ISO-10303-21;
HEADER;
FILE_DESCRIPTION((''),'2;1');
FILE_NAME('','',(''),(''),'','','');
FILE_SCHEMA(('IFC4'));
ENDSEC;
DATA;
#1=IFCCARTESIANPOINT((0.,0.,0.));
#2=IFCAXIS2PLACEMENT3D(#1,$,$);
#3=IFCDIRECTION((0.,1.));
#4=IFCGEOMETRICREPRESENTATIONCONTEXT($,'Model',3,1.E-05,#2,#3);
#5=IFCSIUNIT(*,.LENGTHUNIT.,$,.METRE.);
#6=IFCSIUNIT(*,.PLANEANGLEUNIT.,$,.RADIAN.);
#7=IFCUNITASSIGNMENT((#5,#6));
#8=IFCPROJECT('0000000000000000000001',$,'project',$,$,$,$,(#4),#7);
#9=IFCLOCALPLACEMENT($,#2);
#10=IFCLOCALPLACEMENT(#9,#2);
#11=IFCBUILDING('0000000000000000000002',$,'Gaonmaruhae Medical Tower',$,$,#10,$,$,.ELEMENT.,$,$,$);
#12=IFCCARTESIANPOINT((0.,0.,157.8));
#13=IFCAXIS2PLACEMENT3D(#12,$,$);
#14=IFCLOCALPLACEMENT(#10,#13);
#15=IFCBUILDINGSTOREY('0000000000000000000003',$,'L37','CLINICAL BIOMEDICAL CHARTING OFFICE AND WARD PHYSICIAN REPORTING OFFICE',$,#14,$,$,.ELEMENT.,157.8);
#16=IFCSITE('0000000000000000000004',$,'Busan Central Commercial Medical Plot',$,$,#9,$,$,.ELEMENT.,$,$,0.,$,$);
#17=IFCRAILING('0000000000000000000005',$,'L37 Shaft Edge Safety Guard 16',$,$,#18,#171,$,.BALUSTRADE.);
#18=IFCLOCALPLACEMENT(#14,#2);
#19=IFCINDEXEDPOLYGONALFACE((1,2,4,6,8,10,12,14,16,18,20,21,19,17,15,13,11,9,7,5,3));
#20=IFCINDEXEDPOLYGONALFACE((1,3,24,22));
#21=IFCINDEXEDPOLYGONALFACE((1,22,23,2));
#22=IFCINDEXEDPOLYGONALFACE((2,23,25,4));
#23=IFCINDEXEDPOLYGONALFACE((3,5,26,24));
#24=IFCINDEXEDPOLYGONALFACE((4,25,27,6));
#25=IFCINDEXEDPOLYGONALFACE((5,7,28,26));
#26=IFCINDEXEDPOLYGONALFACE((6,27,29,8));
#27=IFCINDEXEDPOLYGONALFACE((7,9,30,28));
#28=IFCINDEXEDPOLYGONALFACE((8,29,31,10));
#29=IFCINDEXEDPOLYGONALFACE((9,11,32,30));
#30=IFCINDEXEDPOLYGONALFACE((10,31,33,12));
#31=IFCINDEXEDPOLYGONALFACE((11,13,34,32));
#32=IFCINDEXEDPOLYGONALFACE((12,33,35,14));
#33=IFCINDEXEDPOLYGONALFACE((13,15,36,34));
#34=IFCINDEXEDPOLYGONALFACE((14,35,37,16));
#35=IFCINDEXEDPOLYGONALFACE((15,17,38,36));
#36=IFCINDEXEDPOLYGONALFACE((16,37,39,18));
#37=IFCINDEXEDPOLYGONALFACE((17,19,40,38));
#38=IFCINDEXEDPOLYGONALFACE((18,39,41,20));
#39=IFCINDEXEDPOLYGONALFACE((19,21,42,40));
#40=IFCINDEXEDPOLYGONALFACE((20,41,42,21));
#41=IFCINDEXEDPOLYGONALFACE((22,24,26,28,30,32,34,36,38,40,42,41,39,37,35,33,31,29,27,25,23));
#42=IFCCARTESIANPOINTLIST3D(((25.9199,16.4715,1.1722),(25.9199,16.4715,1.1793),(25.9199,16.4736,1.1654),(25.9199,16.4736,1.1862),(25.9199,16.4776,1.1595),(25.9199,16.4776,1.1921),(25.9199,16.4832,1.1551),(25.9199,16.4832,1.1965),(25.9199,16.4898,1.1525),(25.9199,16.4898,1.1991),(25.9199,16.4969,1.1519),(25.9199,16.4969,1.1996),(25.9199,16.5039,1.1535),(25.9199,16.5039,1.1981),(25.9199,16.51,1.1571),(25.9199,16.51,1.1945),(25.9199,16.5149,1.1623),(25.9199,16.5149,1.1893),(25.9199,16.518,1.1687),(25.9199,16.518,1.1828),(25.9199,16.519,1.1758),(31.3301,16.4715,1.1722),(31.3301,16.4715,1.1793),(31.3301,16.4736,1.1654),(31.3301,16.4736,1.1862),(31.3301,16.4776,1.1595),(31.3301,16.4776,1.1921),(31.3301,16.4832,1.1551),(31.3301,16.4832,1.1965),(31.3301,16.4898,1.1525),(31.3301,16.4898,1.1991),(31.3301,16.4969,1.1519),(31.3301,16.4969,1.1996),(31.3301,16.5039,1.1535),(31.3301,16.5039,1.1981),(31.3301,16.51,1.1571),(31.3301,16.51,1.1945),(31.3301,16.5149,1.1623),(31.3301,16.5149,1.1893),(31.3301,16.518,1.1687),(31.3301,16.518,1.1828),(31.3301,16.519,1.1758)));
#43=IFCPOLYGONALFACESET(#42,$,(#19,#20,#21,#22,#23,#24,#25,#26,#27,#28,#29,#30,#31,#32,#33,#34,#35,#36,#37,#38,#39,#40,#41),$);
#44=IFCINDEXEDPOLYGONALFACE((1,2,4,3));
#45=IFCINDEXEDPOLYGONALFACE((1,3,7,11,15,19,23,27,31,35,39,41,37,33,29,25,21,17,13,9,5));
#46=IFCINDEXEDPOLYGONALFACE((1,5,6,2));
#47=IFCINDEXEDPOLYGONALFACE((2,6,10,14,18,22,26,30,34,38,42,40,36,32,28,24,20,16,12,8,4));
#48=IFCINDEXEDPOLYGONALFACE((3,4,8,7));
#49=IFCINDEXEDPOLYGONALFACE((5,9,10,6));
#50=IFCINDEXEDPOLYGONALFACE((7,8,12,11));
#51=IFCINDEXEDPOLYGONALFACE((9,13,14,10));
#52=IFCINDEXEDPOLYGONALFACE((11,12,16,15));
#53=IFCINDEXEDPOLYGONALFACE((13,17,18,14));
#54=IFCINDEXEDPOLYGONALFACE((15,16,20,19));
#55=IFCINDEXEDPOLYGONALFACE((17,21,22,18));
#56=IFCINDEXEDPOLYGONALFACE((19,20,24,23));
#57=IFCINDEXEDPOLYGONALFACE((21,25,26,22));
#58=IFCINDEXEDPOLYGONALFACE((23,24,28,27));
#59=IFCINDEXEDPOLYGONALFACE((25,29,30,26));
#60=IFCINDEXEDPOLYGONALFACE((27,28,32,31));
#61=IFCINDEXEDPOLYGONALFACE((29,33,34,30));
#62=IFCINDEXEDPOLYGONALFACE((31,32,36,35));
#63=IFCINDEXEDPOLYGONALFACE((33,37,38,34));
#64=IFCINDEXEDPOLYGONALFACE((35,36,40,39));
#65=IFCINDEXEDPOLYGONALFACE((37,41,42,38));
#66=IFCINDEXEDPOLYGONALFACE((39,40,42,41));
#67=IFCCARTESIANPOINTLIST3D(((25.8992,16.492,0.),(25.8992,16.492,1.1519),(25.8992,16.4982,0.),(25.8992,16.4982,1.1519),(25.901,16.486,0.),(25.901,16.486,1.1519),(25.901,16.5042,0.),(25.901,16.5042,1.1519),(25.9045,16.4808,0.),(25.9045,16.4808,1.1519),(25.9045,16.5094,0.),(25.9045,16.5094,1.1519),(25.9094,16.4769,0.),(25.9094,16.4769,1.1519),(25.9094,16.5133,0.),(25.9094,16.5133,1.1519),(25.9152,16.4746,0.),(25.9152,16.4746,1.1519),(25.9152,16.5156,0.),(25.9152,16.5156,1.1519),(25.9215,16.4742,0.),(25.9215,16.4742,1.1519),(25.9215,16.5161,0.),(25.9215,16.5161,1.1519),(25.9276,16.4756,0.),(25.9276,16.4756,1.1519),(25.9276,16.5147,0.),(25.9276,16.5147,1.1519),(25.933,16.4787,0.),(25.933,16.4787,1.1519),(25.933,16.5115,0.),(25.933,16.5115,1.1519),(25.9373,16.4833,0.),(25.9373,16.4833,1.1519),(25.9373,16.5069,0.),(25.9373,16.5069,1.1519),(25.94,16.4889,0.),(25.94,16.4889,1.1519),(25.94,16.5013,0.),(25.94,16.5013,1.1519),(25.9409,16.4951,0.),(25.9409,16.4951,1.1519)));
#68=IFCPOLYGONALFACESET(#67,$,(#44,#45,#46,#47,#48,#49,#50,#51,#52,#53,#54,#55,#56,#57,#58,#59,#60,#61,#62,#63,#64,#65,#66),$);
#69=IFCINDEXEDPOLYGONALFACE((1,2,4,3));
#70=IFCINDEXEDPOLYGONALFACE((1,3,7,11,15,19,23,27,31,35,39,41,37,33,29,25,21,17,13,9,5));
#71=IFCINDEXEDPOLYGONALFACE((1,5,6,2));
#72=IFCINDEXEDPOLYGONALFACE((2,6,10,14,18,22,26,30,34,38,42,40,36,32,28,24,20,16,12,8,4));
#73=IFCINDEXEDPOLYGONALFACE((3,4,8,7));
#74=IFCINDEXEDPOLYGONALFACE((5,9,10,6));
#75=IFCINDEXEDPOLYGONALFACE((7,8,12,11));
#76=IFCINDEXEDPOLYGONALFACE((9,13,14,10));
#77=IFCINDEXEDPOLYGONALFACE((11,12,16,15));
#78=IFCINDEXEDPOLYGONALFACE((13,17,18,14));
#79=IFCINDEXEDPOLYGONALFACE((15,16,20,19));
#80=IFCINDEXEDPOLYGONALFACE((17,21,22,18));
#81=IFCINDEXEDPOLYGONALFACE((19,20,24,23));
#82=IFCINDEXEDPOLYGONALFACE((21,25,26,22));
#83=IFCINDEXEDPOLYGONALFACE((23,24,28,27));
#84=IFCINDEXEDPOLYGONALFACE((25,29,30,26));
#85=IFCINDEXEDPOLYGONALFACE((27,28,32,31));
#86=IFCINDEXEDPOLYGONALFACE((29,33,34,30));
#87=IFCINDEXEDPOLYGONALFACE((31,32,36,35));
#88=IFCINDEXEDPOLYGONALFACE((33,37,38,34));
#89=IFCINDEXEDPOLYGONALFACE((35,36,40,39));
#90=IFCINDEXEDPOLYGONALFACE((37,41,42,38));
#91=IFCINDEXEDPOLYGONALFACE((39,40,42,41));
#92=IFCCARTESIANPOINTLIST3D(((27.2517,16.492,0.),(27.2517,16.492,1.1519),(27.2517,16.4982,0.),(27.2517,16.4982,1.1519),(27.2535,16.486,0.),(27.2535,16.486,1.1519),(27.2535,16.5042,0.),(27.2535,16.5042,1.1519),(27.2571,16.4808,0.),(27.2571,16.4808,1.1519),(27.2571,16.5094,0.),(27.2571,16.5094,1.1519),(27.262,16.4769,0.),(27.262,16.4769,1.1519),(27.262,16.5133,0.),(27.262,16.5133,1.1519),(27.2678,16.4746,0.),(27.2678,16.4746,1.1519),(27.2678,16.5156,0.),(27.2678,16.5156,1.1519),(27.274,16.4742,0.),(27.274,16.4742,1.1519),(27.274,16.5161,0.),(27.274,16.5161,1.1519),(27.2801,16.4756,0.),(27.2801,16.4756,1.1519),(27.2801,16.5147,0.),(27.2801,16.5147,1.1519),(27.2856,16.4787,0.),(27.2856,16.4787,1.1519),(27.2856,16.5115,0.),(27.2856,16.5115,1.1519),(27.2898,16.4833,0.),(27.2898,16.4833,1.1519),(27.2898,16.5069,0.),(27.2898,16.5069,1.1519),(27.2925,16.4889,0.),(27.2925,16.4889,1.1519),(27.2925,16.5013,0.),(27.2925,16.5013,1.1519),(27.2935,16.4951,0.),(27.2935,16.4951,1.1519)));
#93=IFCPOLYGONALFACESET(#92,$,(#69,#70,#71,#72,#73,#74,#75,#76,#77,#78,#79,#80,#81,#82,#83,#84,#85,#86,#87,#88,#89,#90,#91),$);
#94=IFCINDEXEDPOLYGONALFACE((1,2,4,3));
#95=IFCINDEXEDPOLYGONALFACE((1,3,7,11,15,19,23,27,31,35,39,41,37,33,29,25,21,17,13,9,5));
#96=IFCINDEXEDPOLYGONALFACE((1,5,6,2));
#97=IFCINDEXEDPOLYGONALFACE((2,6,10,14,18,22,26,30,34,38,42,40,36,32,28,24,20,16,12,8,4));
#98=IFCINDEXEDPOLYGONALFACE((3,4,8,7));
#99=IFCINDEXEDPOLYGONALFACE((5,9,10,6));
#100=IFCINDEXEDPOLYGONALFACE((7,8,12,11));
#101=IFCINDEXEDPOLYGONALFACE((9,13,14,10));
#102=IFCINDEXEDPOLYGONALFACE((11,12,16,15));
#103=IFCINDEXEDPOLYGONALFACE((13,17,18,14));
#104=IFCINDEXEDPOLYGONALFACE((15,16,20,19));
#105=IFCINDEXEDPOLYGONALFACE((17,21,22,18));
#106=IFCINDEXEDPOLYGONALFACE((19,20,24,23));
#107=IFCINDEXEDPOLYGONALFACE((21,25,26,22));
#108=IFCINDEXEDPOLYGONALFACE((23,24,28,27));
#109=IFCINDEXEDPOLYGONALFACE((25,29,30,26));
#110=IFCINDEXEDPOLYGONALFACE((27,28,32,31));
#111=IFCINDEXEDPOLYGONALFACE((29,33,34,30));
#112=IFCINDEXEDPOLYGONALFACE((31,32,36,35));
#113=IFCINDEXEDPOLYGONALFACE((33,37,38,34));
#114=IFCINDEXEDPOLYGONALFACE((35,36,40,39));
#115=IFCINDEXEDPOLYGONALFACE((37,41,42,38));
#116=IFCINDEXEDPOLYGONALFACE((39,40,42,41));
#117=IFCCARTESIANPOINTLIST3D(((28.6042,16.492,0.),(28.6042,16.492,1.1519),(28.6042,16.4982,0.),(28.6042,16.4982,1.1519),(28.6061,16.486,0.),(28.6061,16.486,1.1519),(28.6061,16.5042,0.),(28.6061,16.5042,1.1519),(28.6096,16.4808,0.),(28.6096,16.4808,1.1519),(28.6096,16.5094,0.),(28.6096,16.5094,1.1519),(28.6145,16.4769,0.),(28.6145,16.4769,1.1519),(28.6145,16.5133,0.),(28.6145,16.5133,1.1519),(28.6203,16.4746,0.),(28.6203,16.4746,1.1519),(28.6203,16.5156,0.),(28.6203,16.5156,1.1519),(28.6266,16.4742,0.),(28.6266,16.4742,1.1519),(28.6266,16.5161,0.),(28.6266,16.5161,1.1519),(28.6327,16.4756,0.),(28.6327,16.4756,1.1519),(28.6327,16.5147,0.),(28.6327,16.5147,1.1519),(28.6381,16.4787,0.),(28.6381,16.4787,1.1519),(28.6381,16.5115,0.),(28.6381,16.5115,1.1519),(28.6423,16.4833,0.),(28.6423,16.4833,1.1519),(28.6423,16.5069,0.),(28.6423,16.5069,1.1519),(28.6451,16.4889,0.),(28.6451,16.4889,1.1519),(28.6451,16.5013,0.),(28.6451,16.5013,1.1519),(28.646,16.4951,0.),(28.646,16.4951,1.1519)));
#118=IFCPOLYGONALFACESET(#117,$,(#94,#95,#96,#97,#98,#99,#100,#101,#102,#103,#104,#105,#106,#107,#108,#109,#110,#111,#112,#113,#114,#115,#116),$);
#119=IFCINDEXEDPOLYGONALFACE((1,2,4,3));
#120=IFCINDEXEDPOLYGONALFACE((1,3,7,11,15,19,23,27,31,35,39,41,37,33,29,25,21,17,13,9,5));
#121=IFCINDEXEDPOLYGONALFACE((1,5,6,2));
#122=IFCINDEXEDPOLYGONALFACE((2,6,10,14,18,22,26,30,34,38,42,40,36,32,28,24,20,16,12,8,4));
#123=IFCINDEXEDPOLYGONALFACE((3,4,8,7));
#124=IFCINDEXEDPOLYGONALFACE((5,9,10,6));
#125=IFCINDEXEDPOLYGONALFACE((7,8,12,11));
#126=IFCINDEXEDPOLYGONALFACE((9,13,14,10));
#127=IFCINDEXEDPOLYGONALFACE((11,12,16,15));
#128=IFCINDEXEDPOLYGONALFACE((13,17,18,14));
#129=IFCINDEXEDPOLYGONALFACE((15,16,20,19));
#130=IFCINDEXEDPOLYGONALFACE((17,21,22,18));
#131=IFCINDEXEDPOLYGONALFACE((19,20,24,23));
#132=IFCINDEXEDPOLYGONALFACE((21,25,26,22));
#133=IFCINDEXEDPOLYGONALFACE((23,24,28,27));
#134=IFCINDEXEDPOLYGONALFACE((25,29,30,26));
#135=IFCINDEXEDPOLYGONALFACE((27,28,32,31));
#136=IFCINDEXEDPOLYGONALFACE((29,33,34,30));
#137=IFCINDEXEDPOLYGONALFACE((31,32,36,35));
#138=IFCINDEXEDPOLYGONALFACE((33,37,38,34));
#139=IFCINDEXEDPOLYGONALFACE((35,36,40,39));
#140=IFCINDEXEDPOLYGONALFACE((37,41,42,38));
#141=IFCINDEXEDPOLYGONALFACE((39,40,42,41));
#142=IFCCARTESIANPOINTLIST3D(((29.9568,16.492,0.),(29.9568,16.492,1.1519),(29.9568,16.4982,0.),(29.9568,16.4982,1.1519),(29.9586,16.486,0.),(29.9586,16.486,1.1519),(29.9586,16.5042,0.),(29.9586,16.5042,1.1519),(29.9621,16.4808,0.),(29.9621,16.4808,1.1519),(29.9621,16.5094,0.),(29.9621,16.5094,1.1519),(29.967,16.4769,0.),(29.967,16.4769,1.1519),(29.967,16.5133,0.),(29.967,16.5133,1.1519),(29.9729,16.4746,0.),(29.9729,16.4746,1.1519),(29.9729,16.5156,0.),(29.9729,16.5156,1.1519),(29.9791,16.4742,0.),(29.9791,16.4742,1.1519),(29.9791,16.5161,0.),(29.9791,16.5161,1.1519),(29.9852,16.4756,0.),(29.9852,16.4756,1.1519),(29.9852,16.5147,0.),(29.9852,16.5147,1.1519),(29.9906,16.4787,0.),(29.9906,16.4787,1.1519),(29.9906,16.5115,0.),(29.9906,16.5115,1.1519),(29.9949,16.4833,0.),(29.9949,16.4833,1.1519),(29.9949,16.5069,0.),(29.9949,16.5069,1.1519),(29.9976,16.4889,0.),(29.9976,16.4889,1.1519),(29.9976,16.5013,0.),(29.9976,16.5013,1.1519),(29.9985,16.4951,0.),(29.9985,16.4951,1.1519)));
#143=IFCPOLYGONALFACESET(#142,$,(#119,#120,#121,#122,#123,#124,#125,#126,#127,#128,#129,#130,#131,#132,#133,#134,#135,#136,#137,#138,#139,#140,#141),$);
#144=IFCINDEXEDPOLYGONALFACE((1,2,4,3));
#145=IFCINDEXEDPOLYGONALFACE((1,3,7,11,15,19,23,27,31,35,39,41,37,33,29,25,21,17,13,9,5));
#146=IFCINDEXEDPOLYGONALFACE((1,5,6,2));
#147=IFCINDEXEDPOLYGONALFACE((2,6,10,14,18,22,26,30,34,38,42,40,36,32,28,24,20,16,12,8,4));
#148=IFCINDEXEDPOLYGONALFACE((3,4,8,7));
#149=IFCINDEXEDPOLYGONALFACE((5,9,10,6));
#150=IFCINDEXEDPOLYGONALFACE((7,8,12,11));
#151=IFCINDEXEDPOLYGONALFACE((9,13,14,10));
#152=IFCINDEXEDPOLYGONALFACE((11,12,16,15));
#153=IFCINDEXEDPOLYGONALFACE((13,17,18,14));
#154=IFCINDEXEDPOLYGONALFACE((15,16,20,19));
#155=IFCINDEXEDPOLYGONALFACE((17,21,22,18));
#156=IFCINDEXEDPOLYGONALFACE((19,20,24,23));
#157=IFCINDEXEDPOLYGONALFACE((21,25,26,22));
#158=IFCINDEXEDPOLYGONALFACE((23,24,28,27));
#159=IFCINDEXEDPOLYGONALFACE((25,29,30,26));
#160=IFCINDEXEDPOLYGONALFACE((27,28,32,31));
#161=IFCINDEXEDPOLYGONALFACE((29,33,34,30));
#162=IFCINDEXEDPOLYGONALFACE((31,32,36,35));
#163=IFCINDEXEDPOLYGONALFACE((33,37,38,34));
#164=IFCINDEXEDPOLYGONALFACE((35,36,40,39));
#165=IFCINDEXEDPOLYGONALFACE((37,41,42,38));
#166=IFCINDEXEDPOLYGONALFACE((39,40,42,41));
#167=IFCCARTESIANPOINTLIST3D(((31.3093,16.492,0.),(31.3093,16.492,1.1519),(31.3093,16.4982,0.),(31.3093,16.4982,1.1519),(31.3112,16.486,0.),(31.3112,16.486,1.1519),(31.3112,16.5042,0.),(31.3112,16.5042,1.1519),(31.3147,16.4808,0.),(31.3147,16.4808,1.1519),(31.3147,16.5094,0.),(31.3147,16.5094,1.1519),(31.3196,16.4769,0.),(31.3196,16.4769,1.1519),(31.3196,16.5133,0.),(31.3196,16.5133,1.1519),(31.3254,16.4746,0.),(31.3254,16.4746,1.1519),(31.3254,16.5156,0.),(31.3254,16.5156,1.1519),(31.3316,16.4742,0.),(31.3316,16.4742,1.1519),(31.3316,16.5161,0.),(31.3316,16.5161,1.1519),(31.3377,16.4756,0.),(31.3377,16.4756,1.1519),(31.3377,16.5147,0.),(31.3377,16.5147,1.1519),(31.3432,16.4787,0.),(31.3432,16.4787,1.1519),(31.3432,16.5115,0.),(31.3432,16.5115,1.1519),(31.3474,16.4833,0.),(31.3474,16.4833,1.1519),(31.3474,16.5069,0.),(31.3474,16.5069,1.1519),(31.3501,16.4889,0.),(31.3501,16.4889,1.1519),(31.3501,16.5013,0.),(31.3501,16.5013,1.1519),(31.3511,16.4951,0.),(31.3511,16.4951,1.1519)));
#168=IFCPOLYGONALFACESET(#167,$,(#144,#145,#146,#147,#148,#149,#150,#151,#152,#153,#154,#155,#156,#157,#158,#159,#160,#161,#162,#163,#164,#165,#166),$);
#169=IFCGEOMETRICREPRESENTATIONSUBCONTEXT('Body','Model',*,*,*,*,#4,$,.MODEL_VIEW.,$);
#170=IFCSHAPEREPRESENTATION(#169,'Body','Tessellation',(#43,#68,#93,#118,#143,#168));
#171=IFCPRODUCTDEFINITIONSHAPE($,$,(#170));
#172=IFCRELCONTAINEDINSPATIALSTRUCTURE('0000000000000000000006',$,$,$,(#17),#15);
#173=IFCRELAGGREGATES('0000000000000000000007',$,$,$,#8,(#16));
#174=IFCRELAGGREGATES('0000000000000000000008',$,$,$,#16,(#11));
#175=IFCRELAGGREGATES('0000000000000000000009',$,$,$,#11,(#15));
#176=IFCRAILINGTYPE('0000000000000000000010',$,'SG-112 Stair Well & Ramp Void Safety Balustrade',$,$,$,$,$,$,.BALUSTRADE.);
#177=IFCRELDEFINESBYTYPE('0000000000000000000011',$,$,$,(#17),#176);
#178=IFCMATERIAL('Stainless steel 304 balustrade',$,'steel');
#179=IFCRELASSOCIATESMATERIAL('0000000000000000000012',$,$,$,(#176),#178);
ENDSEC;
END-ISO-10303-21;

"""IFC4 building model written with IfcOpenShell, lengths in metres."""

from ifc_helpers import new_model, si_unit, direction, frame, origin, origin_2d, place, context, subcontext, project, spatial, circle, extrude, material, type_object, element, save


model = new_model("IFC4")

# Units and contexts
model_context = context("Model", 3, precision=1e-05, world=origin(), true_north=direction((0.0, 1.0)))
body_context = subcontext(model_context, "Body", "Model", "MODEL_VIEW")
ifc_project = project(units=[si_unit("LENGTHUNIT", "METRE"), si_unit("PLANEANGLEUNIT", "RADIAN")], contexts=[model_context])

# Site, building, storey
site_placement = place(None, origin())
site = spatial("IfcSite", under=ifc_project, at=site_placement, Name="Busan Central Commercial Medical Plot", CompositionType="ELEMENT", RefElevation=0.0)
building_placement = place(site_placement, origin())
building = spatial("IfcBuilding", under=site, at=building_placement, Name="Gaonmaruhae Medical Tower", CompositionType="ELEMENT")
storey_placement = place(building_placement, frame((0.0, 0.0, 157.8)))
storey = spatial("IfcBuildingStorey", under=building, at=storey_placement, Name="L37", Description="CLINICAL BIOMEDICAL CHARTING OFFICE AND WARD PHYSICIAN REPORTING OFFICE", CompositionType="ELEMENT", Elevation=157.8)

# Railing
ifc_material_1 = material(Name="Stainless steel 304 balustrade", Category="steel")
railing_type = type_object("IfcRailingType", Name="SG-112 Stair Well & Ramp Void Safety Balustrade", PredefinedType="BALUSTRADE", material=ifc_material_1)
railing_1_placement = place(storey_placement, frame((25.9199, 16.4951, 0.0)))
element("IfcRailing", 1, at=railing_1_placement, inside=storey, type_object=railing_type, Name="L37 Shaft Edge Safety Guard 16", PredefinedType="BALUSTRADE", context=body_context, shape_type="SweptSolid", body=[
    extrude(circle(Radius=0.0239, at=origin_2d()), frame((0.0, 0.0, 1.1758), z_axis=(1.0, 0.0, 0.0), x_axis=(0.0, 1.0, 0.0)), (0.0, 0.0, 1.0), 5.4102),
    extrude(circle(Radius=0.021, at=origin_2d()), origin(), (0.0, 0.0, 1.0), 1.1519),
    extrude(circle(Radius=0.021, at=origin_2d()), frame((1.3525, 0.0, 0.0)), (0.0, 0.0, 1.0), 1.1519),
    extrude(circle(Radius=0.021, at=origin_2d()), frame((2.7051, 0.0, 0.0)), (0.0, 0.0, 1.0), 1.1519),
    extrude(circle(Radius=0.021, at=origin_2d()), frame((4.0576, 0.0, 0.0)), (0.0, 0.0, 1.0), 1.1519),
    extrude(circle(Radius=0.021, at=origin_2d()), frame((5.4102, 0.0, 0.0)), (0.0, 0.0, 1.0), 1.1519),
])

save(model, "model.ifc")
